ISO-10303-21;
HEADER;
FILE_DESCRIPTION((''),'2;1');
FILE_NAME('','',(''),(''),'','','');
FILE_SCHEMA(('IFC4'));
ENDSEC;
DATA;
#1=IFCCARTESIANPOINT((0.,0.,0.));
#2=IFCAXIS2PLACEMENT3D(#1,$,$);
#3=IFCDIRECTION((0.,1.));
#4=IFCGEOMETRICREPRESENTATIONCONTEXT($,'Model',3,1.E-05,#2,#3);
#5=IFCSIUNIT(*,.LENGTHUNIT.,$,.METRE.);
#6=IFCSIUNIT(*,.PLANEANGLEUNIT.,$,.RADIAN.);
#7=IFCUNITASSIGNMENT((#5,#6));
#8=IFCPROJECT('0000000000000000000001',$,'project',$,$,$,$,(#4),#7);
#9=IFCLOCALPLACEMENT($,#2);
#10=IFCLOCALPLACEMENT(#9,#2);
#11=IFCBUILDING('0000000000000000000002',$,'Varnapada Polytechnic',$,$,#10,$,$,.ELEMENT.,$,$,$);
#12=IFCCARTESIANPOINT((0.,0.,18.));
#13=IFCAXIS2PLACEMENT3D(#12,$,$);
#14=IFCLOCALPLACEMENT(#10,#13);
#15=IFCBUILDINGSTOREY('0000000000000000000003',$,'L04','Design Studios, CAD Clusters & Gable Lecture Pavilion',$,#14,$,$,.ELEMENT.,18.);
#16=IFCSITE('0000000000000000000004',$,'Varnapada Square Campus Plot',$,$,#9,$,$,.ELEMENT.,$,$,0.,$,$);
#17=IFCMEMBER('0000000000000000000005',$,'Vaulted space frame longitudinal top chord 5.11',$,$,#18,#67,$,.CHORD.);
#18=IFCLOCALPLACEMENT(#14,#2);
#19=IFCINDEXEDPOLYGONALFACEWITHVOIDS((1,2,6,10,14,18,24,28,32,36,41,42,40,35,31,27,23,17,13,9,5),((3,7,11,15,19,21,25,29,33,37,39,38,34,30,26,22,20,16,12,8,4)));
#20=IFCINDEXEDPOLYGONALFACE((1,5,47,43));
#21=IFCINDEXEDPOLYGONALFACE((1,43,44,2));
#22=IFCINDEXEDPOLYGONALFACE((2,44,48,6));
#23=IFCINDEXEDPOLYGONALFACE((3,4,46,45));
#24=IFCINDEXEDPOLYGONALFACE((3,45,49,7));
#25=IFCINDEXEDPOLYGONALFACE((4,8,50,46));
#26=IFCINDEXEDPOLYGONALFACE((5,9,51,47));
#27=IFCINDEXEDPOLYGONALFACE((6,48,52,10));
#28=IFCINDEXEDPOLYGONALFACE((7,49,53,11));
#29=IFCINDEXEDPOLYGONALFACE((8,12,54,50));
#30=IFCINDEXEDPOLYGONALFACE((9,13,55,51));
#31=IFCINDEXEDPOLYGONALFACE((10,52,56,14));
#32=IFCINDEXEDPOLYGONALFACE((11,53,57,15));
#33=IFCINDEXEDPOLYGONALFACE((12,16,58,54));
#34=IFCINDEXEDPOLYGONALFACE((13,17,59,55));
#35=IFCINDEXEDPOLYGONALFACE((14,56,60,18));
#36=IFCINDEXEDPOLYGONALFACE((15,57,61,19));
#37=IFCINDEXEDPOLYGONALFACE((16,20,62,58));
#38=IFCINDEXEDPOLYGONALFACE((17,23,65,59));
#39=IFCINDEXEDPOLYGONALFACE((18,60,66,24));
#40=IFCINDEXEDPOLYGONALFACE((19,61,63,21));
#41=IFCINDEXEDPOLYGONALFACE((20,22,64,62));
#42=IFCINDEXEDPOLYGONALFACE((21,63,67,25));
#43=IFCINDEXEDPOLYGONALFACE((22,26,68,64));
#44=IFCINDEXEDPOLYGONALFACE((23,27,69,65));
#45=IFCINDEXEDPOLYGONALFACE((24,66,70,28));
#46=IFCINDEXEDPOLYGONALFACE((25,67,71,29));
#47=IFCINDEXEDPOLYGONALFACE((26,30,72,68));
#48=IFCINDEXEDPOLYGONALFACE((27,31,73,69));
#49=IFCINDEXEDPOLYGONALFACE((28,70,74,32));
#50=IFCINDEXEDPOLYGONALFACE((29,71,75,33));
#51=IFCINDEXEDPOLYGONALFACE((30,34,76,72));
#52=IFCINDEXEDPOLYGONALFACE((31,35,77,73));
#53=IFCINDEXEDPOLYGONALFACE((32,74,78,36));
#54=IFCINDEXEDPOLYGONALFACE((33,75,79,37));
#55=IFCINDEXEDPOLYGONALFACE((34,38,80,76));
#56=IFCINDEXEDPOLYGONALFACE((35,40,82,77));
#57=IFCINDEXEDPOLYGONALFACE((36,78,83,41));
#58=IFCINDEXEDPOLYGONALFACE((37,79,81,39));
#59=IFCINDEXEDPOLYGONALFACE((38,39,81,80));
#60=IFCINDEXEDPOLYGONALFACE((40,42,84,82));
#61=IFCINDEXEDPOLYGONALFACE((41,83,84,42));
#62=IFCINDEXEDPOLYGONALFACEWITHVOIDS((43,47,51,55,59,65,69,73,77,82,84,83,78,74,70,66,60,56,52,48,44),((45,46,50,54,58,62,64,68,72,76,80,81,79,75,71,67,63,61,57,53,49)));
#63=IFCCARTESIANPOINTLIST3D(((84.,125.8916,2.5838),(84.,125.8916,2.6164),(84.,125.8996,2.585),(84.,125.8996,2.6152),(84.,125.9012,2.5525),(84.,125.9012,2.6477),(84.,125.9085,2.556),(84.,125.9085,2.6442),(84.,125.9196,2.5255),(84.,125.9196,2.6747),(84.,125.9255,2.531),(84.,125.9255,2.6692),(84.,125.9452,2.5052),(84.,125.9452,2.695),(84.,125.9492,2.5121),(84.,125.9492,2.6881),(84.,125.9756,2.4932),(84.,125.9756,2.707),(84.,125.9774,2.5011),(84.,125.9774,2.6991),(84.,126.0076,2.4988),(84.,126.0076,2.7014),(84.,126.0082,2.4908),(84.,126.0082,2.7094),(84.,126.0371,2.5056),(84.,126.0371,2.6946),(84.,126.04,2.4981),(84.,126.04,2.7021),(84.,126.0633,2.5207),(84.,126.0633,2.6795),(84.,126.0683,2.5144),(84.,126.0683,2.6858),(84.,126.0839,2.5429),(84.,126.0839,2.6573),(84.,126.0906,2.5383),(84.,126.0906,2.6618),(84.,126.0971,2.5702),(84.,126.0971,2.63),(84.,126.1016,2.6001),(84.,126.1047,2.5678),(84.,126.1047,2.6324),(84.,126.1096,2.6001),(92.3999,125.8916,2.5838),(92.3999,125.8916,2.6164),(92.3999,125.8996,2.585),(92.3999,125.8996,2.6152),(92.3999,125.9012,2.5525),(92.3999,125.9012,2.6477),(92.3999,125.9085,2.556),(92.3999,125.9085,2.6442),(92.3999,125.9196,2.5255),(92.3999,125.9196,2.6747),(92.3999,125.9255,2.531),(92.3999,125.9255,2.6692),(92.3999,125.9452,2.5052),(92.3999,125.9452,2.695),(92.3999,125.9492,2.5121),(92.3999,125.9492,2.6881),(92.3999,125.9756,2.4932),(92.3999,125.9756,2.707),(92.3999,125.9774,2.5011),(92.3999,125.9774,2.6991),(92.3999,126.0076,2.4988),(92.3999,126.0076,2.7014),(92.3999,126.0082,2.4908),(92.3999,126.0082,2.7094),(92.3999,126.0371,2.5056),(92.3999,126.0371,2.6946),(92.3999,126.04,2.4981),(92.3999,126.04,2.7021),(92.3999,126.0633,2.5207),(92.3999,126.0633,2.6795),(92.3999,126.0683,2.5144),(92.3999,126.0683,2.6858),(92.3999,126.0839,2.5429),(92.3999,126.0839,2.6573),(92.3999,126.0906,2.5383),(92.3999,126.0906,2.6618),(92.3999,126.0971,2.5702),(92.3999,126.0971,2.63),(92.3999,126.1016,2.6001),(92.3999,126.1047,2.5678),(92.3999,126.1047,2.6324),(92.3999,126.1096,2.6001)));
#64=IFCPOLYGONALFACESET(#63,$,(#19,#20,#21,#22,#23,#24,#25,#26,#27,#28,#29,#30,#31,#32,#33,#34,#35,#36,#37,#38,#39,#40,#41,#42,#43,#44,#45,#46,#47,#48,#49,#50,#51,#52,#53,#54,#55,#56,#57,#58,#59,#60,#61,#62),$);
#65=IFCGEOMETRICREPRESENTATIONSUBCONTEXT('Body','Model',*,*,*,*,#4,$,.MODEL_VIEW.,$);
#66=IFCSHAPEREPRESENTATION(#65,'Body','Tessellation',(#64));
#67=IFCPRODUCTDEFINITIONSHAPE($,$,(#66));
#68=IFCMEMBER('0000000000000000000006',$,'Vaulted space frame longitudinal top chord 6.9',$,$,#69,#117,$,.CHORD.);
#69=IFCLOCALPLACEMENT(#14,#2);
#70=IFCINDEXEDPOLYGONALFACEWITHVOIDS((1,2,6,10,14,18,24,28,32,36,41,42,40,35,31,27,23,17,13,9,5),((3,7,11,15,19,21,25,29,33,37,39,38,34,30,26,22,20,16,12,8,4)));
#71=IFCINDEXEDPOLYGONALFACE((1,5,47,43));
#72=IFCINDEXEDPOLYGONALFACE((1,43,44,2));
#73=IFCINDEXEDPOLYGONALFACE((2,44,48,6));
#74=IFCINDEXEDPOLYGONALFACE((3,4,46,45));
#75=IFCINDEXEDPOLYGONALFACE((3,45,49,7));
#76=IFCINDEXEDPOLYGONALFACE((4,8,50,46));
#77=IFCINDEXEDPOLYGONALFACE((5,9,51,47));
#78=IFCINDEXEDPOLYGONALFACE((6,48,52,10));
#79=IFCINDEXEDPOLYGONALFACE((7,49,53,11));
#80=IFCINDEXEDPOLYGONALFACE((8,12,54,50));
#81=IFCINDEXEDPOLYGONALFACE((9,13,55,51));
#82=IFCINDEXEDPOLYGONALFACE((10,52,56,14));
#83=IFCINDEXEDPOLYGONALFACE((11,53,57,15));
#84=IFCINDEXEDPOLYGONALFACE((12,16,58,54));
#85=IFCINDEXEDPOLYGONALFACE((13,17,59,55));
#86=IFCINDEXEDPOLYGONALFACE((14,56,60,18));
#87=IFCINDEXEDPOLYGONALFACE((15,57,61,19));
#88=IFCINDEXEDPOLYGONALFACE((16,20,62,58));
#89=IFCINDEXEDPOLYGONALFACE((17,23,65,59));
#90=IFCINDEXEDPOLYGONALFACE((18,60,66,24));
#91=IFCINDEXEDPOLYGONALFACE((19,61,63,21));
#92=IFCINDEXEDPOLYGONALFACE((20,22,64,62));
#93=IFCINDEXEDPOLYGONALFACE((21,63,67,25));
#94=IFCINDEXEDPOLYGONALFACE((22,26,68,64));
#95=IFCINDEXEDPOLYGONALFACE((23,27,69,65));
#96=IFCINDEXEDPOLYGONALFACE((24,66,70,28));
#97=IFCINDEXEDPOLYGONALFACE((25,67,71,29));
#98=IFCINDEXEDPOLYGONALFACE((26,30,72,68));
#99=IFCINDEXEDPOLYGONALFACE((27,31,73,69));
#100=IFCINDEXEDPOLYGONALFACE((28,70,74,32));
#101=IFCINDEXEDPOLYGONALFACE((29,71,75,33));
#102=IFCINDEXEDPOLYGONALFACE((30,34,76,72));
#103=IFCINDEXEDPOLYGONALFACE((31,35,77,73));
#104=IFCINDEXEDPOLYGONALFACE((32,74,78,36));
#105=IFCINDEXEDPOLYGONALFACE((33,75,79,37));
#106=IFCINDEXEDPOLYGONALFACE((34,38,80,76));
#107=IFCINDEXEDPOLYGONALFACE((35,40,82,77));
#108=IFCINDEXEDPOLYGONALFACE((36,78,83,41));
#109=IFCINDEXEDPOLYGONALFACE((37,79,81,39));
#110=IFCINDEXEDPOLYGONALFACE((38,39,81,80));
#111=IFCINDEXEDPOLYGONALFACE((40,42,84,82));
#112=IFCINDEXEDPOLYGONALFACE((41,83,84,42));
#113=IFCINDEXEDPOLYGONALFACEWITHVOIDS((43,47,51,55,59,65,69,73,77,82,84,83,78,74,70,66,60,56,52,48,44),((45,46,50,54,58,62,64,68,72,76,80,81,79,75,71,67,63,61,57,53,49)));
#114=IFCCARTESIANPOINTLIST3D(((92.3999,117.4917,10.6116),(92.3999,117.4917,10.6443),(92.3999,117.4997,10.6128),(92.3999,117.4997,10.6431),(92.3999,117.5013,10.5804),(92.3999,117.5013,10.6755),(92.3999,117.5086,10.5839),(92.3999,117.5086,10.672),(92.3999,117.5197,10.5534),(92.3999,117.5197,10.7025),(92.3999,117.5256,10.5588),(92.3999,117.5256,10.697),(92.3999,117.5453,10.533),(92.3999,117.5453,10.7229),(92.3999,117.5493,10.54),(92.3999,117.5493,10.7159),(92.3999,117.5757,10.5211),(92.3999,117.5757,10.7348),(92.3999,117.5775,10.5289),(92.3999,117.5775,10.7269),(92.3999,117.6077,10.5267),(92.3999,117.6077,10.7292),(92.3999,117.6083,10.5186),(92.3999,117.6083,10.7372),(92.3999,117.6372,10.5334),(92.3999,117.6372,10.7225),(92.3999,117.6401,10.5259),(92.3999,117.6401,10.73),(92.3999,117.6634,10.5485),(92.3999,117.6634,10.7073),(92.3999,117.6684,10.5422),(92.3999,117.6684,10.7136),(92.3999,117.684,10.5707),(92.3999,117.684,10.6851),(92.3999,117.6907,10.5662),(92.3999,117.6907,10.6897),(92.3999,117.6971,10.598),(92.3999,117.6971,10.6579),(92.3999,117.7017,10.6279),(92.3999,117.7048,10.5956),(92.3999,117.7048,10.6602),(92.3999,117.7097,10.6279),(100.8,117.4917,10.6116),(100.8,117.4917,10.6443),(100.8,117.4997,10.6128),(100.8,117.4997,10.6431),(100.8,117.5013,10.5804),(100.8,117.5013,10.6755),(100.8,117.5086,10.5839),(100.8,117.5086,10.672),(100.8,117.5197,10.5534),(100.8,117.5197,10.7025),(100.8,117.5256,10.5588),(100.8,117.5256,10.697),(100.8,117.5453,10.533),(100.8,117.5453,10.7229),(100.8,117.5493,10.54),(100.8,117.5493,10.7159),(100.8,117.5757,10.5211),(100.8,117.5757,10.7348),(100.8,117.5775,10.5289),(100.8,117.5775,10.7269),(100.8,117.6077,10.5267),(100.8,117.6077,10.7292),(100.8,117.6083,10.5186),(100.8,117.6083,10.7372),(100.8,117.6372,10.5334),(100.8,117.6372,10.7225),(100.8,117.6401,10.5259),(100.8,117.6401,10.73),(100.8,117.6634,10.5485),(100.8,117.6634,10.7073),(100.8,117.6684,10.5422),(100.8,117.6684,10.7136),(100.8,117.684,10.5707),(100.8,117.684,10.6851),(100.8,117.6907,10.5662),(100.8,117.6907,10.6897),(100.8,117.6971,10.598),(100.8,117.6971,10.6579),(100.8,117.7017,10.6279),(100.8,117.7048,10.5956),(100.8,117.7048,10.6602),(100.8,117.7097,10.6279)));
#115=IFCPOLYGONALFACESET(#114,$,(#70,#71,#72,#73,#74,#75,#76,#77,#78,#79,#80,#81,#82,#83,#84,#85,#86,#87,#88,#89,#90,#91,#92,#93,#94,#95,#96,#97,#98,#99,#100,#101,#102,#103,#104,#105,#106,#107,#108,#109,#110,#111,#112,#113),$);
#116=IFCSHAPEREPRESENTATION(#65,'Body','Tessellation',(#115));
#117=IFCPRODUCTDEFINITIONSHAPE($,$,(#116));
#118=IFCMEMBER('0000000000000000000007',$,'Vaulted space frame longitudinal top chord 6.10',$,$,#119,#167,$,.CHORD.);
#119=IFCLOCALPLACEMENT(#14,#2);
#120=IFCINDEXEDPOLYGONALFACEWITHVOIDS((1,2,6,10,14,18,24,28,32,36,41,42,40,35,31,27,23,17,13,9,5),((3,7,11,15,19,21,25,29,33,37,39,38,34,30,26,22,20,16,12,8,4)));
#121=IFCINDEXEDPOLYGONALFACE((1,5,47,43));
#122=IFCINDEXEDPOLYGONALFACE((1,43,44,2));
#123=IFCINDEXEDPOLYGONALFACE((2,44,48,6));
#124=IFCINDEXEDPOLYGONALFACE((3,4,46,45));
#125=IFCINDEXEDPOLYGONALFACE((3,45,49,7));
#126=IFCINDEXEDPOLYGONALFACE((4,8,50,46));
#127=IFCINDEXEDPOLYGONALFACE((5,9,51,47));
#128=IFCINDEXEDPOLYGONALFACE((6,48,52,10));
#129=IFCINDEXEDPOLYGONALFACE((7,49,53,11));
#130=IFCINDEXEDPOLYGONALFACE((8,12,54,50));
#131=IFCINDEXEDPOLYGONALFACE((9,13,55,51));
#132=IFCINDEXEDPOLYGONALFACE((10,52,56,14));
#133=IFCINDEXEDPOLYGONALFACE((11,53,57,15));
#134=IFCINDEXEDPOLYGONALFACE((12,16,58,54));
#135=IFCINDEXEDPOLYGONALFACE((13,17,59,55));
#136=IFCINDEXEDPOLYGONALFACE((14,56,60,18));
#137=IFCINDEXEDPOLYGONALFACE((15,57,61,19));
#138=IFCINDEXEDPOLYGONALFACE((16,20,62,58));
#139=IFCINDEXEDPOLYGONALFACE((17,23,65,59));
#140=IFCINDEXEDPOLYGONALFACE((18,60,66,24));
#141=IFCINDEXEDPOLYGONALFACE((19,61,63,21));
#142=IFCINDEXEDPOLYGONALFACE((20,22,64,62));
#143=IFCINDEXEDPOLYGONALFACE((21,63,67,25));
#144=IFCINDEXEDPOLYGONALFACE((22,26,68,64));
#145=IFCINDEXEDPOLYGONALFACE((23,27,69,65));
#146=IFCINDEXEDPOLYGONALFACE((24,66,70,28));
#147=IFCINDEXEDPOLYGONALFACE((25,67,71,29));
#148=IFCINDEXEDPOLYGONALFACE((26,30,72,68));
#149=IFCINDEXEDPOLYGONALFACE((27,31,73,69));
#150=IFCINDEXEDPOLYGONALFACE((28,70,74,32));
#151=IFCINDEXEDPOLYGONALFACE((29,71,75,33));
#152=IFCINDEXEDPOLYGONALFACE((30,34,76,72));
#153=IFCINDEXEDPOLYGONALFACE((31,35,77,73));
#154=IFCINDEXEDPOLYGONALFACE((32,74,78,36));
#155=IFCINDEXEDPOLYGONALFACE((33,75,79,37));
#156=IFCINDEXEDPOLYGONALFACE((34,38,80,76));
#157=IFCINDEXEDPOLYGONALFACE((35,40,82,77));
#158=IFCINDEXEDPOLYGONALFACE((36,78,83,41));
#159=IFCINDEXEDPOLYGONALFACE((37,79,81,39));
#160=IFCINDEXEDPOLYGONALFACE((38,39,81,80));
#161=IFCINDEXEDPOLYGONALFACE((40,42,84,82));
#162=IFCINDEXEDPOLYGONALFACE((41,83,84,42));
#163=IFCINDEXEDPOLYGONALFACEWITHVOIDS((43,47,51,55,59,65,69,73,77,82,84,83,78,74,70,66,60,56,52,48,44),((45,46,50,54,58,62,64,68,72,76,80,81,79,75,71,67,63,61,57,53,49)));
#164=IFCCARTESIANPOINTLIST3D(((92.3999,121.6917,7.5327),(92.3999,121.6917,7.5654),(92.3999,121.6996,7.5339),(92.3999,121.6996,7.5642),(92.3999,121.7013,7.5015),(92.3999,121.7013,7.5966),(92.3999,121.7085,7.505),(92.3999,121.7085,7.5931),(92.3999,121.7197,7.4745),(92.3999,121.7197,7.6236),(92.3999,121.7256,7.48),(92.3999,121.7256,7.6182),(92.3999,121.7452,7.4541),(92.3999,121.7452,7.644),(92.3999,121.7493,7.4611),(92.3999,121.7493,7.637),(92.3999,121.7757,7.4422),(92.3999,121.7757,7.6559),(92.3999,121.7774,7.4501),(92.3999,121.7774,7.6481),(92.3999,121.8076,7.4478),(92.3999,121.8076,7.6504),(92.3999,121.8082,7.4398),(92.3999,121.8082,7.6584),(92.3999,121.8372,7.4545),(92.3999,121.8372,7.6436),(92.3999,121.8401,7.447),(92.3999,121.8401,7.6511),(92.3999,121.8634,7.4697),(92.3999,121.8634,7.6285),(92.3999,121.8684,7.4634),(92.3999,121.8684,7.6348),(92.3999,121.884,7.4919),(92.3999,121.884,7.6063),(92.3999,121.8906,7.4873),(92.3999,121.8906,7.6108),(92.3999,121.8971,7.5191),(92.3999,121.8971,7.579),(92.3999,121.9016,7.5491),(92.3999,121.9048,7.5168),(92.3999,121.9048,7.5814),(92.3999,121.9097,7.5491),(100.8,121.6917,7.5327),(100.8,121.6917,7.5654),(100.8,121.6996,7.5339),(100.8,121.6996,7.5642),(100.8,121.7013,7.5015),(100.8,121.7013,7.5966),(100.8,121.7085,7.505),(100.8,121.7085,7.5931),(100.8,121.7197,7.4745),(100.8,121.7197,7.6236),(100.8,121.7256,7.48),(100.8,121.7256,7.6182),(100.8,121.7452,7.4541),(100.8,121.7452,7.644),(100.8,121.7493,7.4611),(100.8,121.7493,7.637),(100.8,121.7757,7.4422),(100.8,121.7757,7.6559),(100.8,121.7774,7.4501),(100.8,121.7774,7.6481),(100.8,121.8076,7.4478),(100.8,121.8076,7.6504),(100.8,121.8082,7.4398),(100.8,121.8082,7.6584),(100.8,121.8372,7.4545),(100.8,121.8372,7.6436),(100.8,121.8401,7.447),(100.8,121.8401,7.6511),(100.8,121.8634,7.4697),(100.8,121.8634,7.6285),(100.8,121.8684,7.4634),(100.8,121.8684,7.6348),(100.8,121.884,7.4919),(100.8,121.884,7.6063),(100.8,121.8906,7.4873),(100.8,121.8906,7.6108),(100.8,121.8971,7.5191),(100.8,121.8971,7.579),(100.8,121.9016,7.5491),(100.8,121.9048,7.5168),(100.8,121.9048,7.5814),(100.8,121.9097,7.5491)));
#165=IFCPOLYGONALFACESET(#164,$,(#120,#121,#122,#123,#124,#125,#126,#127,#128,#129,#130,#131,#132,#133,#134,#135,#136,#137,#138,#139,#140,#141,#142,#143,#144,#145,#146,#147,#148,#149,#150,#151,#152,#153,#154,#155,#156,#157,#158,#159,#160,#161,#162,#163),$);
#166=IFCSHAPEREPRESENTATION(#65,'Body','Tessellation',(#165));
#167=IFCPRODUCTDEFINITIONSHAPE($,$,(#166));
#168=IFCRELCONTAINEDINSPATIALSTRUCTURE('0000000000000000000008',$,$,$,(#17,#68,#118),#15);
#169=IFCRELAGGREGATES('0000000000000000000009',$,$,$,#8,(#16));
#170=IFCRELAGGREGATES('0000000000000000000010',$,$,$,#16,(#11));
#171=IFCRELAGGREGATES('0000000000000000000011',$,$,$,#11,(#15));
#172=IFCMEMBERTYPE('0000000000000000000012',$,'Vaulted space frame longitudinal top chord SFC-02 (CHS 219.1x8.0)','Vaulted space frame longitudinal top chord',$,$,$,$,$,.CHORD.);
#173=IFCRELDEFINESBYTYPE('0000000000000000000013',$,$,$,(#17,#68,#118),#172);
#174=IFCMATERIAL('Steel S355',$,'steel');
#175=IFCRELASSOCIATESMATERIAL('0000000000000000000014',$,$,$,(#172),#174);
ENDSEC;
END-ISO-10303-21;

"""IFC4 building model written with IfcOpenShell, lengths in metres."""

from ifc_helpers import new_model, si_unit, direction, frame, origin, origin_2d, place, context, subcontext, project, spatial, hollow_circle, extrude, material, material_profile, profile_set, type_object, element, save


model = new_model("IFC4")

# Units and contexts
model_context = context("Model", 3, precision=1e-05, world=origin(), true_north=direction((0.0, 1.0)))
body_context = subcontext(model_context, "Body", "Model", "MODEL_VIEW")
ifc_project = project(units=[si_unit("LENGTHUNIT", "METRE"), si_unit("PLANEANGLEUNIT", "RADIAN")], contexts=[model_context])

# Site, building, storey
site_placement = place(None, origin())
site = spatial("IfcSite", under=ifc_project, at=site_placement, Name="Varnapada Square Campus Plot", CompositionType="ELEMENT", RefElevation=0.0)
building_placement = place(site_placement, origin())
building = spatial("IfcBuilding", under=site, at=building_placement, Name="Varnapada Polytechnic", CompositionType="ELEMENT")
storey_placement = place(building_placement, frame((0.0, 0.0, 18.0)))
storey = spatial("IfcBuildingStorey", under=building, at=storey_placement, Name="L04", Description="Design Studios, CAD Clusters & Gable Lecture Pavilion", CompositionType="ELEMENT", Elevation=18.0)

# Shared definitions
ifc_material = material(Name="Steel S355", Category="steel")

# Members
ifc_material_profile_1 = material_profile(ifc_material, hollow_circle(Radius=0.1096, WallThickness=0.0081, at=origin_2d()), Name="CHS 219.1x8.0")
ifc_profile_set_1 = profile_set([ifc_material_profile_1], Name="Steel S355")
member_type_1 = type_object("IfcMemberType", Name="Vaulted space frame longitudinal top chord SFC-02 (CHS 219.1x8.0)", Description="Vaulted space frame longitudinal top chord", PredefinedType="CHORD", material=ifc_profile_set_1)
member_1_placement = place(storey_placement, frame((84.0, 126.0, 2.6001), z_axis=(1.0, 0.0, 0.0), x_axis=(0.0, 1.0, 0.0)))
element("IfcMember", 1, at=member_1_placement, inside=storey, type_object=member_type_1, Name="Vaulted space frame longitudinal top chord 5.11", PredefinedType="CHORD", context=body_context, shape_type="SweptSolid", body=[
    extrude(hollow_circle(Radius=0.1096, WallThickness=0.0081, at=origin_2d()), origin(), (0.0, 0.0, 1.0), 8.3999),
])
for number, where, z_axis, x_axis, name in (
    (2, (92.3999, 117.6001, 10.6279), (1.0, 0.0, 0.0), (0.0, 1.0, 0.0), "Vaulted space frame longitudinal top chord 6.9"),
    (3, (92.3999, 121.8, 7.5491), (1.0, 0.0, 0.0), (0.0, 1.0, 0.0), "Vaulted space frame longitudinal top chord 6.10"),
):
    element("IfcMember", number, at=place(storey_placement, frame(where, z_axis=z_axis, x_axis=x_axis)), inside=storey, type_object=member_type_1, Name=name, PredefinedType="CHORD", context=body_context, shape_type="SweptSolid", body=[
        extrude(hollow_circle(Radius=0.1096, WallThickness=0.0081, at=origin_2d()), origin(), (0.0, 0.0, 1.0), 8.4001),
    ])

save(model, "model.ifc")
